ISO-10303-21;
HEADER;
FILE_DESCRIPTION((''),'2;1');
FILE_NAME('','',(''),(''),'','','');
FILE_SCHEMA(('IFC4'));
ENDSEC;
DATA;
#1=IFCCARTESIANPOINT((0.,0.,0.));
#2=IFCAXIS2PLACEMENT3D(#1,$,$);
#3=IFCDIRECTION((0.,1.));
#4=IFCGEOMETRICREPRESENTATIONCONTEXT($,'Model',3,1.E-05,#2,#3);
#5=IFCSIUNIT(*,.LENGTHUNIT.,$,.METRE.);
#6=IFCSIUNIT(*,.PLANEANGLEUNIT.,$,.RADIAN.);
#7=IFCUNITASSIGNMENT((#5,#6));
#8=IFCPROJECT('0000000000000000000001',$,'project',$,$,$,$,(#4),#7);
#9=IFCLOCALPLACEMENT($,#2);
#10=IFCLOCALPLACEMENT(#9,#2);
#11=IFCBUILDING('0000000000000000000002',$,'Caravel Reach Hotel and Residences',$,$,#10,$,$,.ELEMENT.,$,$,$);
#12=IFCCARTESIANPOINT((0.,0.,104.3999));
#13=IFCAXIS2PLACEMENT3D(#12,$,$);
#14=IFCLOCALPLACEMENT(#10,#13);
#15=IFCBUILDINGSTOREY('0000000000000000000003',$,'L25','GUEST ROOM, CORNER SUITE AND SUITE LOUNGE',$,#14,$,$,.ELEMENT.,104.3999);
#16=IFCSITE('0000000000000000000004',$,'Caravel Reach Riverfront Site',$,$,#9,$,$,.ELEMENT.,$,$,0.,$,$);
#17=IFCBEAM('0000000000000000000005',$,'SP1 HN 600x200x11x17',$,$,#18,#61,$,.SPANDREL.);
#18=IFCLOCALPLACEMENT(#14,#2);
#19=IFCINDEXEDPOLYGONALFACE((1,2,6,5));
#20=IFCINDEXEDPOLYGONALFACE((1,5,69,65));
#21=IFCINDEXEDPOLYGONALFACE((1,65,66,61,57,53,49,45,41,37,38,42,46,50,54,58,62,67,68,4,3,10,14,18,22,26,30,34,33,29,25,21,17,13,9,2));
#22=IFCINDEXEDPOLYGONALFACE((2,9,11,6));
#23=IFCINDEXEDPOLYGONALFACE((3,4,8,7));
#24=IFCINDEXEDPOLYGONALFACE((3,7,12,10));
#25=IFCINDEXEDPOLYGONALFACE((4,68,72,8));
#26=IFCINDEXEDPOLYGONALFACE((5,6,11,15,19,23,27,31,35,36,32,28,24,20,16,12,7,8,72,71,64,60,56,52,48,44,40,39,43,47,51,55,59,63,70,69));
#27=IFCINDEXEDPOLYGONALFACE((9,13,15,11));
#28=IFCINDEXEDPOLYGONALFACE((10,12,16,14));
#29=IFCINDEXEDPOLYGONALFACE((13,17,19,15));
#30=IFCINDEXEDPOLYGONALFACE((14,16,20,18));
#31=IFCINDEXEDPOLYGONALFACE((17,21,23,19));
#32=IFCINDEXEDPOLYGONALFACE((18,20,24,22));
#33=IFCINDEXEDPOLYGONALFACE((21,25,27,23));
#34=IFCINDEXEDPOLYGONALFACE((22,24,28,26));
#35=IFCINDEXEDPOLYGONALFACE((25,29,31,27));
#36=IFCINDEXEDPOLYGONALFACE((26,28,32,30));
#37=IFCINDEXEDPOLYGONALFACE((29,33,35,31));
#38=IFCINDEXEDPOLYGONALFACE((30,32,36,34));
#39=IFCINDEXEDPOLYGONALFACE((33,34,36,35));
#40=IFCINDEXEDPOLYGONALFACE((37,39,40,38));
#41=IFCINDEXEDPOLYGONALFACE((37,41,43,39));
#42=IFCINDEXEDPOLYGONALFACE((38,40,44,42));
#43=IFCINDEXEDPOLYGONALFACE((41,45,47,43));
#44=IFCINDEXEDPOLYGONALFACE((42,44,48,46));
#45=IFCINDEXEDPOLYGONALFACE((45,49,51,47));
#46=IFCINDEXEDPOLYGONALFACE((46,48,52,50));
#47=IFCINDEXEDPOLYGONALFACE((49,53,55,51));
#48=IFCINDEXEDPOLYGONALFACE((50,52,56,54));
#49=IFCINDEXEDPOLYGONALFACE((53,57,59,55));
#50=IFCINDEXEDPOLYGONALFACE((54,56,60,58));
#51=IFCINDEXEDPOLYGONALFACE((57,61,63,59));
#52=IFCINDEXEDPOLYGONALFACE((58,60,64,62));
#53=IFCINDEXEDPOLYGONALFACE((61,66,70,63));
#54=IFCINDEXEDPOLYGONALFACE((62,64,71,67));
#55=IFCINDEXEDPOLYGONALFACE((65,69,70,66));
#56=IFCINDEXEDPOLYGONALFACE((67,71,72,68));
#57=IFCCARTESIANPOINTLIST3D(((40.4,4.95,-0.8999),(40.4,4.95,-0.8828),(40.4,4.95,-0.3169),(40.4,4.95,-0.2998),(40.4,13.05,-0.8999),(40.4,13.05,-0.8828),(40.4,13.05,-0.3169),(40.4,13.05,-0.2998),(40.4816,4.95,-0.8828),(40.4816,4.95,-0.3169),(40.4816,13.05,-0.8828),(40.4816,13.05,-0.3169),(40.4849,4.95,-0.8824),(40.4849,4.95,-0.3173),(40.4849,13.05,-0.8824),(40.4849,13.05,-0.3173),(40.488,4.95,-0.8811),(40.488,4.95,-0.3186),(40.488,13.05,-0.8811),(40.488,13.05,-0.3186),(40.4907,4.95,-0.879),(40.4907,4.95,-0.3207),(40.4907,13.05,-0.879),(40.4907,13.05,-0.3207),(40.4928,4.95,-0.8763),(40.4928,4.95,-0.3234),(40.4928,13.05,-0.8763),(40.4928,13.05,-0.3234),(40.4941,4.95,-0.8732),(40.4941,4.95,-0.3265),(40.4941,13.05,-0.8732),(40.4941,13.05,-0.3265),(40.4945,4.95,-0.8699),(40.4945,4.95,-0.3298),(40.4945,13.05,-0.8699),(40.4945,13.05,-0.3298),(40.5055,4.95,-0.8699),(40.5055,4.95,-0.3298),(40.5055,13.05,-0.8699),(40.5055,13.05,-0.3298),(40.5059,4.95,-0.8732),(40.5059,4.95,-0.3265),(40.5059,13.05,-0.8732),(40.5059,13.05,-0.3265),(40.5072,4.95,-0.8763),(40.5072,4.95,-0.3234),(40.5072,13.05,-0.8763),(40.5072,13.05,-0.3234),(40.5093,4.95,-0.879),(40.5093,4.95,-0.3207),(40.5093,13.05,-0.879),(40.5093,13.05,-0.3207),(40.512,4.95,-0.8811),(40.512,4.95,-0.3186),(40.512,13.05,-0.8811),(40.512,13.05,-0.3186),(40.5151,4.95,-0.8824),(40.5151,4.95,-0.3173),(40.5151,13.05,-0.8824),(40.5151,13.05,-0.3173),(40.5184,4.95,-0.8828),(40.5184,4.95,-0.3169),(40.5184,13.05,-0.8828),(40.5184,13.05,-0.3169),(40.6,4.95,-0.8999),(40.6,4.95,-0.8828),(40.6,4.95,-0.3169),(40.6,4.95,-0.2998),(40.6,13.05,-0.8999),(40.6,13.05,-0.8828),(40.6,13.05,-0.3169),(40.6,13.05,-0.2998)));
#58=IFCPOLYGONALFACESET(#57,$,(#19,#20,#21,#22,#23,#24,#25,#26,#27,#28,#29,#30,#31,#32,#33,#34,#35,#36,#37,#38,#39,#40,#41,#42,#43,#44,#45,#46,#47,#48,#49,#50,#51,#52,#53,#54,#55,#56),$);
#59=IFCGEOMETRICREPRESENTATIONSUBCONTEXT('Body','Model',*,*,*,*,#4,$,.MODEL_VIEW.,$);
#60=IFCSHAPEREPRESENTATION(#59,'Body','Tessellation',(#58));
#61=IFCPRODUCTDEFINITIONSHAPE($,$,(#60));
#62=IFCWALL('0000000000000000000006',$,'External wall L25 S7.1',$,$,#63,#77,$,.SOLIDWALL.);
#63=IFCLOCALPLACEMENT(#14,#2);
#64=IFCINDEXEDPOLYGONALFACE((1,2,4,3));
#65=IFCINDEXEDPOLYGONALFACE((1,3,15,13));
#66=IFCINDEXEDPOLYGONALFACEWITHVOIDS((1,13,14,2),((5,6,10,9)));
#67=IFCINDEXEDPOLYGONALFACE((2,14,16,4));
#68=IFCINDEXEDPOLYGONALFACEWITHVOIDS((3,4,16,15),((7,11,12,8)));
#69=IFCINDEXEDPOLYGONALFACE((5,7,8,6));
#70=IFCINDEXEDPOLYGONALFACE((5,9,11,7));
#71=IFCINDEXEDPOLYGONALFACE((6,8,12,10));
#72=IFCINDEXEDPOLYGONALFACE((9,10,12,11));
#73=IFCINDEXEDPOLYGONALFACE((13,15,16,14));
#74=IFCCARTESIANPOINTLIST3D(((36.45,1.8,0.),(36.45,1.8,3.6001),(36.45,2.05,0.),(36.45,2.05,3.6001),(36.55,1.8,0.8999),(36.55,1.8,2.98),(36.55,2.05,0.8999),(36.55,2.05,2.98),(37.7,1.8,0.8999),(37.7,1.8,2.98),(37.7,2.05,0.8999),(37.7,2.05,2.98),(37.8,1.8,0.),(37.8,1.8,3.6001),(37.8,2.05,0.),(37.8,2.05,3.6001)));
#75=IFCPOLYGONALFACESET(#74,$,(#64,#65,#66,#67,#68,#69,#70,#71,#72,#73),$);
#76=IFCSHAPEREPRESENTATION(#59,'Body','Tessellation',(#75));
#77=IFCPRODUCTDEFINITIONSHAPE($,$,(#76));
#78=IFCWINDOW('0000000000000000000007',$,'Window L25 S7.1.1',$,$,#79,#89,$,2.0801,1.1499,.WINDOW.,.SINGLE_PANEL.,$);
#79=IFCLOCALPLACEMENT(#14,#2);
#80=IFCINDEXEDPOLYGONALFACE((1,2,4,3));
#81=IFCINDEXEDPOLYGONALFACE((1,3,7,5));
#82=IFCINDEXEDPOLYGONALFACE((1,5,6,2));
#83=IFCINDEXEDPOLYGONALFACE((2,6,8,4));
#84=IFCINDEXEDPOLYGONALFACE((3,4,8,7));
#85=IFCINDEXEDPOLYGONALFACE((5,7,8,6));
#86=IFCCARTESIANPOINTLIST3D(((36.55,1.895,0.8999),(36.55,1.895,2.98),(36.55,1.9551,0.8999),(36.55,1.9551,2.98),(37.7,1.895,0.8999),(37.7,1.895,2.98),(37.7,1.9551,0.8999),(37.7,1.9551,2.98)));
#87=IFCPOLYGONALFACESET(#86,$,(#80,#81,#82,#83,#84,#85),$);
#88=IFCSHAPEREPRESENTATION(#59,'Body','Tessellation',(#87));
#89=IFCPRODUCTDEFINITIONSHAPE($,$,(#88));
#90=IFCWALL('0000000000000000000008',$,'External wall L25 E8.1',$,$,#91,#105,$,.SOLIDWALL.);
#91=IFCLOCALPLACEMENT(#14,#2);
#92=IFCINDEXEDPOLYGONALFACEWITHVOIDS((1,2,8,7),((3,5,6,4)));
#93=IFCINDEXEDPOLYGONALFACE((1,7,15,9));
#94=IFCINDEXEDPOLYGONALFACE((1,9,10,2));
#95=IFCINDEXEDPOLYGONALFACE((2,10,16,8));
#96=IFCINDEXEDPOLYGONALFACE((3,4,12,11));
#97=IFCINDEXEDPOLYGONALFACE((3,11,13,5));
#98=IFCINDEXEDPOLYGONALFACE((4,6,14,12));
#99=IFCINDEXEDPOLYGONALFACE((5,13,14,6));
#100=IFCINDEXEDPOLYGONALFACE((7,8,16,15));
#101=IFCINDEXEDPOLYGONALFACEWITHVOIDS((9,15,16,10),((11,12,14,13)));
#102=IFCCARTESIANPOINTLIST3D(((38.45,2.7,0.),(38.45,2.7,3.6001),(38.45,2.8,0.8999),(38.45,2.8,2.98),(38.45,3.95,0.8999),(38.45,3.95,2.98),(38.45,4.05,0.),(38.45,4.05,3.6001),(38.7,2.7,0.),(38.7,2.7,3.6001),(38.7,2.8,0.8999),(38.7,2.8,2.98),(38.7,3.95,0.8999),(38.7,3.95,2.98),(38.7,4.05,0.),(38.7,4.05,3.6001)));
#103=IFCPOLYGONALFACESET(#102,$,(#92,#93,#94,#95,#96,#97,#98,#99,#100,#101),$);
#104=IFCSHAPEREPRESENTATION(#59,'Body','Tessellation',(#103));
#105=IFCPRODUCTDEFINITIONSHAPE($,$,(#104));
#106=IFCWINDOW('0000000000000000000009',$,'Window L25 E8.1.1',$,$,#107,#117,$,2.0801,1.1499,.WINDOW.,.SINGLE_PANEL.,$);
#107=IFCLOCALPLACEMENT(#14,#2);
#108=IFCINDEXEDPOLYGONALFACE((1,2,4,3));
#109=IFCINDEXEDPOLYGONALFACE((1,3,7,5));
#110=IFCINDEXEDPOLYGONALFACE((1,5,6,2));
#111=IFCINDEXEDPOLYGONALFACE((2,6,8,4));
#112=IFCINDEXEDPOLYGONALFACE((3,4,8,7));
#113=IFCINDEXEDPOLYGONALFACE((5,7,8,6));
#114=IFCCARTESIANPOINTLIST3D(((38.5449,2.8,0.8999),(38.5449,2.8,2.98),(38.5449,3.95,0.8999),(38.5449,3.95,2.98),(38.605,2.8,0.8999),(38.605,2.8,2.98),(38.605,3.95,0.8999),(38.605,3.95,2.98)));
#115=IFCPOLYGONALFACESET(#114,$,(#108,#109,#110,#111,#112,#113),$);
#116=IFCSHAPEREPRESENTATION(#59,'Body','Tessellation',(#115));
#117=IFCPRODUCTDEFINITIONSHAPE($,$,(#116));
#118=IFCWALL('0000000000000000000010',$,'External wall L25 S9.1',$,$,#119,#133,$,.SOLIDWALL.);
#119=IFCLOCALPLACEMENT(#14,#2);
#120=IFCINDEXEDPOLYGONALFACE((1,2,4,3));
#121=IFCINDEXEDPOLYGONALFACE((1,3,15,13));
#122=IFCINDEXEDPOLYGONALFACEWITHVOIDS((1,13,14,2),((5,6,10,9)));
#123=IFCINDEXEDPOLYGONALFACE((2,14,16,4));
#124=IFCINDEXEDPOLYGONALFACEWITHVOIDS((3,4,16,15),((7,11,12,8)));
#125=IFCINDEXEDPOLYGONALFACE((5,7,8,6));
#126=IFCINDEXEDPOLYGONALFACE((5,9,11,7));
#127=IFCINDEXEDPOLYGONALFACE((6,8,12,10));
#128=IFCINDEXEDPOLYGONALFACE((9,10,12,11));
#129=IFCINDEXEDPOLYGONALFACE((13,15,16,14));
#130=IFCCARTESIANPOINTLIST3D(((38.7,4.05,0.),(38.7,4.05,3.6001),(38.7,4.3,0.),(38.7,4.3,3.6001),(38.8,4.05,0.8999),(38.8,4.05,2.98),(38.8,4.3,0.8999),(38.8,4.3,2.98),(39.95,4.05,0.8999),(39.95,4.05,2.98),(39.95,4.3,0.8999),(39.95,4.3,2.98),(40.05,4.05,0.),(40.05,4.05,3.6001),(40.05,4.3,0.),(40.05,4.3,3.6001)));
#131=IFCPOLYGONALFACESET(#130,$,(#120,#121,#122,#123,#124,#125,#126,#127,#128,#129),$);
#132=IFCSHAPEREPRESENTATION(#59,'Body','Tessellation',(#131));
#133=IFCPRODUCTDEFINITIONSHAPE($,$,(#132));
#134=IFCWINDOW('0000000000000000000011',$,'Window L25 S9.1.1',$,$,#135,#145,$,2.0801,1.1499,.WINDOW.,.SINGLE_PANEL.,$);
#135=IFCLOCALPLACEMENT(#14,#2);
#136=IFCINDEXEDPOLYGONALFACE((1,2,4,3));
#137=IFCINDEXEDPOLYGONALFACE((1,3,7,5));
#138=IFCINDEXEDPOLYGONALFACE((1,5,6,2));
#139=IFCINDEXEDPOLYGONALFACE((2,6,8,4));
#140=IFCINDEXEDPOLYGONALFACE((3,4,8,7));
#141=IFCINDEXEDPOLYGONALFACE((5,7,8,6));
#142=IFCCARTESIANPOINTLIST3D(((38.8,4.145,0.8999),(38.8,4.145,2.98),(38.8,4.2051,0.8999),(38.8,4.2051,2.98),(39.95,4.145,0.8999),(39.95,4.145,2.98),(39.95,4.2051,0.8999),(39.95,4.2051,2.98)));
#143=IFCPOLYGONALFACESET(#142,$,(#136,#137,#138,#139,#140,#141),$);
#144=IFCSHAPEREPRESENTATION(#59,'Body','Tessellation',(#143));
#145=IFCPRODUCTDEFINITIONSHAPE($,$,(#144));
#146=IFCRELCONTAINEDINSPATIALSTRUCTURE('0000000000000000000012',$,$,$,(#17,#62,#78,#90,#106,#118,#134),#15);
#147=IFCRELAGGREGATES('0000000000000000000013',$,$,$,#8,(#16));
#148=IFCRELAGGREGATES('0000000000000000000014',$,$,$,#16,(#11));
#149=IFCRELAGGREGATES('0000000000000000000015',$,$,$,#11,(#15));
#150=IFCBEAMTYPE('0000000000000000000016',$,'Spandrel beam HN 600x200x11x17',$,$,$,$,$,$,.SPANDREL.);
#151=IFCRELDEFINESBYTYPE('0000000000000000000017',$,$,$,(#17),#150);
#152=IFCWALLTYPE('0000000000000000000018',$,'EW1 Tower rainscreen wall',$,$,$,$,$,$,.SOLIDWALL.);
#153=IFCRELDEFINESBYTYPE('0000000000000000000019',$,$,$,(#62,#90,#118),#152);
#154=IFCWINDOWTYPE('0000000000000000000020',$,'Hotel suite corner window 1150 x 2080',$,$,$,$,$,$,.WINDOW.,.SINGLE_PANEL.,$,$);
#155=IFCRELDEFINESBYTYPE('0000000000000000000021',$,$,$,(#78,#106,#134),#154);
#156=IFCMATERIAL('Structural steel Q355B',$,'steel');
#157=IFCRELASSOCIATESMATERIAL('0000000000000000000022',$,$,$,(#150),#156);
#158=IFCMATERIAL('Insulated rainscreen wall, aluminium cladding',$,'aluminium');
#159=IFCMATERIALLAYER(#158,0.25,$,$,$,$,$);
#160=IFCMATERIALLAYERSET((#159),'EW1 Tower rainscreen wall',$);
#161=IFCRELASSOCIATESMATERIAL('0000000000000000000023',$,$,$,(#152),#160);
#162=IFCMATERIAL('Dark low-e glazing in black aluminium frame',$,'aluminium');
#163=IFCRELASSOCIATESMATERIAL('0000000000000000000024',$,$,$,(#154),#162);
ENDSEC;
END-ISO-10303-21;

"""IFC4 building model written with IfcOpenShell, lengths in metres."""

from ifc_helpers import new_model, si_unit, direction, frame, frame_2d, origin, origin_2d, place, context, subcontext, project, spatial, rectangle, i_section, extrude, material, layer, layer_set, material_profile, profile_set, type_object, element, fill, save


model = new_model("IFC4")

# Units and contexts
model_context = context("Model", 3, precision=1e-05, world=origin(), true_north=direction((0.0, 1.0)))
body_context = subcontext(model_context, "Body", "Model", "MODEL_VIEW")
ifc_project = project(units=[si_unit("LENGTHUNIT", "METRE"), si_unit("PLANEANGLEUNIT", "RADIAN")], contexts=[model_context])

# Site, building, storey
site_placement = place(None, origin())
site = spatial("IfcSite", under=ifc_project, at=site_placement, Name="Caravel Reach Riverfront Site", CompositionType="ELEMENT", RefElevation=0.0)
building_placement = place(site_placement, origin())
building = spatial("IfcBuilding", under=site, at=building_placement, Name="Caravel Reach Hotel and Residences", CompositionType="ELEMENT")
storey_placement = place(building_placement, frame((0.0, 0.0, 104.3999)))
storey = spatial("IfcBuildingStorey", under=building, at=storey_placement, Name="L25", Description="GUEST ROOM, CORNER SUITE AND SUITE LOUNGE", CompositionType="ELEMENT", Elevation=104.3999)

# Beam
ifc_material_1 = material(Name="Structural steel Q355B", Category="steel")
ifc_material_profile_1 = material_profile(ifc_material_1, i_section(OverallWidth=0.2, OverallDepth=0.6001, WebThickness=0.011, FlangeThickness=0.0171, FilletRadius=0.0129, at=origin_2d()), Name="HN 600x200x11x17")
ifc_profile_set_1 = profile_set([ifc_material_profile_1], Name="Structural steel Q355B")
beam_type = type_object("IfcBeamType", Name="Spandrel beam HN 600x200x11x17", PredefinedType="SPANDREL", material=ifc_profile_set_1)
beam_placement = place(storey_placement, frame((40.5, 4.95, -0.5999), z_axis=(0.0, 1.0, 0.0), x_axis=(-1.0, 0.0, 0.0)))
element("IfcBeam", 1, at=beam_placement, inside=storey, type_object=beam_type, Name="SP1 HN 600x200x11x17", PredefinedType="SPANDREL", context=body_context, shape_type="SweptSolid", body=[
    extrude(i_section(OverallWidth=0.2, OverallDepth=0.6001, WebThickness=0.011, FlangeThickness=0.0171, FilletRadius=0.0129, at=origin_2d()), origin(), (0.0, 0.0, 1.0), 8.1001),
])

# Walls, openings, windows
ifc_material_2 = material(Name="Insulated rainscreen wall, aluminium cladding", Category="aluminium")
ifc_layer = layer(ifc_material_2, 0.25)
ifc_layer_set = layer_set([ifc_layer], Name="EW1 Tower rainscreen wall")
wall_type = type_object("IfcWallType", Name="EW1 Tower rainscreen wall", PredefinedType="SOLIDWALL", material=ifc_layer_set)
wall_1_placement = place(storey_placement, frame((36.45, 1.925, 0.0), z_axis=(0.0, 0.0, 1.0), x_axis=(1.0, 0.0, 0.0)))
wall_1 = element("IfcWall", 2, at=wall_1_placement, inside=storey, type_object=wall_type, Name="External wall L25 S7.1", PredefinedType="SOLIDWALL", context=body_context, shape_type="SweptSolid", body=[
    extrude(rectangle(XDim=1.3501, YDim=0.25, at=frame_2d((0.675, 0.0))), origin(), (0.0, 0.0, 1.0), 3.6001),
])
opening_1_placement = place(wall_1_placement, frame((0.1001, 0.0, 0.8999)))
opening_1 = element("IfcOpeningElement", 3, at=opening_1_placement, cuts=wall_1, PredefinedType="OPENING", context=body_context, shape_type="SweptSolid", body=[
    extrude(rectangle(XDim=1.1499, YDim=2.0801, at=frame_2d((0.575, 1.04))), frame((0.0, 0.135, 0.0), z_axis=(0.0, -1.0, 0.0), x_axis=(1.0, 0.0, 0.0)), (0.0, 0.0, 1.0), 0.27),
])
ifc_material_3 = material(Name="Dark low-e glazing in black aluminium frame", Category="aluminium")
window_type_1 = type_object("IfcWindowType", Name="Hotel suite corner window 1150 x 2080", PartitioningType="SINGLE_PANEL", PredefinedType="WINDOW", material=ifc_material_3)
window_1_placement = place(opening_1_placement, origin())
window_1 = element("IfcWindow", 4, at=window_1_placement, inside=storey, type_object=window_type_1, Name="Window L25 S7.1.1", OverallHeight=2.0801, OverallWidth=1.1499, PartitioningType="SINGLE_PANEL", PredefinedType="WINDOW", context=body_context, shape_type="SweptSolid", body=[
    extrude(rectangle(XDim=1.1499, YDim=2.0801, at=frame_2d((0.575, 1.04))), frame((0.0, 0.03, 0.0), z_axis=(0.0, -1.0, 0.0), x_axis=(1.0, 0.0, 0.0)), (0.0, 0.0, 1.0), 0.0601),
])
fill(opening_1, window_1)
wall_2_placement = place(storey_placement, frame((38.575, 2.7, 0.0), z_axis=(0.0, 0.0, 1.0), x_axis=(0.0, 1.0, 0.0)))
wall_2 = element("IfcWall", 5, at=wall_2_placement, inside=storey, type_object=wall_type, Name="External wall L25 E8.1", PredefinedType="SOLIDWALL", context=body_context, shape_type="SweptSolid", body=[
    extrude(rectangle(XDim=1.3501, YDim=0.25, at=frame_2d((0.675, 0.0))), origin(), (0.0, 0.0, 1.0), 3.6001),
])
opening_2_placement = place(wall_2_placement, frame((0.1001, 0.0, 0.8999)))
opening_2 = element("IfcOpeningElement", 6, at=opening_2_placement, cuts=wall_2, PredefinedType="OPENING", context=body_context, shape_type="SweptSolid", body=[
    extrude(rectangle(XDim=1.1499, YDim=2.0801, at=frame_2d((0.575, 1.04))), frame((0.0, 0.135, 0.0), z_axis=(0.0, -1.0, 0.0), x_axis=(1.0, 0.0, 0.0)), (0.0, 0.0, 1.0), 0.27),
])
window_2_placement = place(opening_2_placement, origin())
window_2 = element("IfcWindow", 7, at=window_2_placement, inside=storey, type_object=window_type_1, Name="Window L25 E8.1.1", OverallHeight=2.0801, OverallWidth=1.1499, PartitioningType="SINGLE_PANEL", PredefinedType="WINDOW", context=body_context, shape_type="SweptSolid", body=[
    extrude(rectangle(XDim=1.1499, YDim=2.0801, at=frame_2d((0.575, 1.04))), frame((0.0, 0.03, 0.0), z_axis=(0.0, -1.0, 0.0), x_axis=(1.0, 0.0, 0.0)), (0.0, 0.0, 1.0), 0.0601),
])
fill(opening_2, window_2)
wall_3_placement = place(storey_placement, frame((38.7, 4.175, 0.0), z_axis=(0.0, 0.0, 1.0), x_axis=(1.0, 0.0, 0.0)))
wall_3 = element("IfcWall", 8, at=wall_3_placement, inside=storey, type_object=wall_type, Name="External wall L25 S9.1", PredefinedType="SOLIDWALL", context=body_context, shape_type="SweptSolid", body=[
    extrude(rectangle(XDim=1.3501, YDim=0.25, at=frame_2d((0.675, 0.0))), origin(), (0.0, 0.0, 1.0), 3.6001),
])
opening_3_placement = place(wall_3_placement, frame((0.1001, 0.0, 0.8999)))
opening_3 = element("IfcOpeningElement", 9, at=opening_3_placement, cuts=wall_3, PredefinedType="OPENING", context=body_context, shape_type="SweptSolid", body=[
    extrude(rectangle(XDim=1.1499, YDim=2.0801, at=frame_2d((0.575, 1.04))), frame((0.0, 0.135, 0.0), z_axis=(0.0, -1.0, 0.0), x_axis=(1.0, 0.0, 0.0)), (0.0, 0.0, 1.0), 0.27),
])
window_3_placement = place(opening_3_placement, origin())
window_3 = element("IfcWindow", 10, at=window_3_placement, inside=storey, type_object=window_type_1, Name="Window L25 S9.1.1", OverallHeight=2.0801, OverallWidth=1.1499, PartitioningType="SINGLE_PANEL", PredefinedType="WINDOW", context=body_context, shape_type="SweptSolid", body=[
    extrude(rectangle(XDim=1.1499, YDim=2.0801, at=frame_2d((0.575, 1.04))), frame((0.0, 0.03, 0.0), z_axis=(0.0, -1.0, 0.0), x_axis=(1.0, 0.0, 0.0)), (0.0, 0.0, 1.0), 0.0601),
])
fill(opening_3, window_3)

save(model, "model.ifc")
